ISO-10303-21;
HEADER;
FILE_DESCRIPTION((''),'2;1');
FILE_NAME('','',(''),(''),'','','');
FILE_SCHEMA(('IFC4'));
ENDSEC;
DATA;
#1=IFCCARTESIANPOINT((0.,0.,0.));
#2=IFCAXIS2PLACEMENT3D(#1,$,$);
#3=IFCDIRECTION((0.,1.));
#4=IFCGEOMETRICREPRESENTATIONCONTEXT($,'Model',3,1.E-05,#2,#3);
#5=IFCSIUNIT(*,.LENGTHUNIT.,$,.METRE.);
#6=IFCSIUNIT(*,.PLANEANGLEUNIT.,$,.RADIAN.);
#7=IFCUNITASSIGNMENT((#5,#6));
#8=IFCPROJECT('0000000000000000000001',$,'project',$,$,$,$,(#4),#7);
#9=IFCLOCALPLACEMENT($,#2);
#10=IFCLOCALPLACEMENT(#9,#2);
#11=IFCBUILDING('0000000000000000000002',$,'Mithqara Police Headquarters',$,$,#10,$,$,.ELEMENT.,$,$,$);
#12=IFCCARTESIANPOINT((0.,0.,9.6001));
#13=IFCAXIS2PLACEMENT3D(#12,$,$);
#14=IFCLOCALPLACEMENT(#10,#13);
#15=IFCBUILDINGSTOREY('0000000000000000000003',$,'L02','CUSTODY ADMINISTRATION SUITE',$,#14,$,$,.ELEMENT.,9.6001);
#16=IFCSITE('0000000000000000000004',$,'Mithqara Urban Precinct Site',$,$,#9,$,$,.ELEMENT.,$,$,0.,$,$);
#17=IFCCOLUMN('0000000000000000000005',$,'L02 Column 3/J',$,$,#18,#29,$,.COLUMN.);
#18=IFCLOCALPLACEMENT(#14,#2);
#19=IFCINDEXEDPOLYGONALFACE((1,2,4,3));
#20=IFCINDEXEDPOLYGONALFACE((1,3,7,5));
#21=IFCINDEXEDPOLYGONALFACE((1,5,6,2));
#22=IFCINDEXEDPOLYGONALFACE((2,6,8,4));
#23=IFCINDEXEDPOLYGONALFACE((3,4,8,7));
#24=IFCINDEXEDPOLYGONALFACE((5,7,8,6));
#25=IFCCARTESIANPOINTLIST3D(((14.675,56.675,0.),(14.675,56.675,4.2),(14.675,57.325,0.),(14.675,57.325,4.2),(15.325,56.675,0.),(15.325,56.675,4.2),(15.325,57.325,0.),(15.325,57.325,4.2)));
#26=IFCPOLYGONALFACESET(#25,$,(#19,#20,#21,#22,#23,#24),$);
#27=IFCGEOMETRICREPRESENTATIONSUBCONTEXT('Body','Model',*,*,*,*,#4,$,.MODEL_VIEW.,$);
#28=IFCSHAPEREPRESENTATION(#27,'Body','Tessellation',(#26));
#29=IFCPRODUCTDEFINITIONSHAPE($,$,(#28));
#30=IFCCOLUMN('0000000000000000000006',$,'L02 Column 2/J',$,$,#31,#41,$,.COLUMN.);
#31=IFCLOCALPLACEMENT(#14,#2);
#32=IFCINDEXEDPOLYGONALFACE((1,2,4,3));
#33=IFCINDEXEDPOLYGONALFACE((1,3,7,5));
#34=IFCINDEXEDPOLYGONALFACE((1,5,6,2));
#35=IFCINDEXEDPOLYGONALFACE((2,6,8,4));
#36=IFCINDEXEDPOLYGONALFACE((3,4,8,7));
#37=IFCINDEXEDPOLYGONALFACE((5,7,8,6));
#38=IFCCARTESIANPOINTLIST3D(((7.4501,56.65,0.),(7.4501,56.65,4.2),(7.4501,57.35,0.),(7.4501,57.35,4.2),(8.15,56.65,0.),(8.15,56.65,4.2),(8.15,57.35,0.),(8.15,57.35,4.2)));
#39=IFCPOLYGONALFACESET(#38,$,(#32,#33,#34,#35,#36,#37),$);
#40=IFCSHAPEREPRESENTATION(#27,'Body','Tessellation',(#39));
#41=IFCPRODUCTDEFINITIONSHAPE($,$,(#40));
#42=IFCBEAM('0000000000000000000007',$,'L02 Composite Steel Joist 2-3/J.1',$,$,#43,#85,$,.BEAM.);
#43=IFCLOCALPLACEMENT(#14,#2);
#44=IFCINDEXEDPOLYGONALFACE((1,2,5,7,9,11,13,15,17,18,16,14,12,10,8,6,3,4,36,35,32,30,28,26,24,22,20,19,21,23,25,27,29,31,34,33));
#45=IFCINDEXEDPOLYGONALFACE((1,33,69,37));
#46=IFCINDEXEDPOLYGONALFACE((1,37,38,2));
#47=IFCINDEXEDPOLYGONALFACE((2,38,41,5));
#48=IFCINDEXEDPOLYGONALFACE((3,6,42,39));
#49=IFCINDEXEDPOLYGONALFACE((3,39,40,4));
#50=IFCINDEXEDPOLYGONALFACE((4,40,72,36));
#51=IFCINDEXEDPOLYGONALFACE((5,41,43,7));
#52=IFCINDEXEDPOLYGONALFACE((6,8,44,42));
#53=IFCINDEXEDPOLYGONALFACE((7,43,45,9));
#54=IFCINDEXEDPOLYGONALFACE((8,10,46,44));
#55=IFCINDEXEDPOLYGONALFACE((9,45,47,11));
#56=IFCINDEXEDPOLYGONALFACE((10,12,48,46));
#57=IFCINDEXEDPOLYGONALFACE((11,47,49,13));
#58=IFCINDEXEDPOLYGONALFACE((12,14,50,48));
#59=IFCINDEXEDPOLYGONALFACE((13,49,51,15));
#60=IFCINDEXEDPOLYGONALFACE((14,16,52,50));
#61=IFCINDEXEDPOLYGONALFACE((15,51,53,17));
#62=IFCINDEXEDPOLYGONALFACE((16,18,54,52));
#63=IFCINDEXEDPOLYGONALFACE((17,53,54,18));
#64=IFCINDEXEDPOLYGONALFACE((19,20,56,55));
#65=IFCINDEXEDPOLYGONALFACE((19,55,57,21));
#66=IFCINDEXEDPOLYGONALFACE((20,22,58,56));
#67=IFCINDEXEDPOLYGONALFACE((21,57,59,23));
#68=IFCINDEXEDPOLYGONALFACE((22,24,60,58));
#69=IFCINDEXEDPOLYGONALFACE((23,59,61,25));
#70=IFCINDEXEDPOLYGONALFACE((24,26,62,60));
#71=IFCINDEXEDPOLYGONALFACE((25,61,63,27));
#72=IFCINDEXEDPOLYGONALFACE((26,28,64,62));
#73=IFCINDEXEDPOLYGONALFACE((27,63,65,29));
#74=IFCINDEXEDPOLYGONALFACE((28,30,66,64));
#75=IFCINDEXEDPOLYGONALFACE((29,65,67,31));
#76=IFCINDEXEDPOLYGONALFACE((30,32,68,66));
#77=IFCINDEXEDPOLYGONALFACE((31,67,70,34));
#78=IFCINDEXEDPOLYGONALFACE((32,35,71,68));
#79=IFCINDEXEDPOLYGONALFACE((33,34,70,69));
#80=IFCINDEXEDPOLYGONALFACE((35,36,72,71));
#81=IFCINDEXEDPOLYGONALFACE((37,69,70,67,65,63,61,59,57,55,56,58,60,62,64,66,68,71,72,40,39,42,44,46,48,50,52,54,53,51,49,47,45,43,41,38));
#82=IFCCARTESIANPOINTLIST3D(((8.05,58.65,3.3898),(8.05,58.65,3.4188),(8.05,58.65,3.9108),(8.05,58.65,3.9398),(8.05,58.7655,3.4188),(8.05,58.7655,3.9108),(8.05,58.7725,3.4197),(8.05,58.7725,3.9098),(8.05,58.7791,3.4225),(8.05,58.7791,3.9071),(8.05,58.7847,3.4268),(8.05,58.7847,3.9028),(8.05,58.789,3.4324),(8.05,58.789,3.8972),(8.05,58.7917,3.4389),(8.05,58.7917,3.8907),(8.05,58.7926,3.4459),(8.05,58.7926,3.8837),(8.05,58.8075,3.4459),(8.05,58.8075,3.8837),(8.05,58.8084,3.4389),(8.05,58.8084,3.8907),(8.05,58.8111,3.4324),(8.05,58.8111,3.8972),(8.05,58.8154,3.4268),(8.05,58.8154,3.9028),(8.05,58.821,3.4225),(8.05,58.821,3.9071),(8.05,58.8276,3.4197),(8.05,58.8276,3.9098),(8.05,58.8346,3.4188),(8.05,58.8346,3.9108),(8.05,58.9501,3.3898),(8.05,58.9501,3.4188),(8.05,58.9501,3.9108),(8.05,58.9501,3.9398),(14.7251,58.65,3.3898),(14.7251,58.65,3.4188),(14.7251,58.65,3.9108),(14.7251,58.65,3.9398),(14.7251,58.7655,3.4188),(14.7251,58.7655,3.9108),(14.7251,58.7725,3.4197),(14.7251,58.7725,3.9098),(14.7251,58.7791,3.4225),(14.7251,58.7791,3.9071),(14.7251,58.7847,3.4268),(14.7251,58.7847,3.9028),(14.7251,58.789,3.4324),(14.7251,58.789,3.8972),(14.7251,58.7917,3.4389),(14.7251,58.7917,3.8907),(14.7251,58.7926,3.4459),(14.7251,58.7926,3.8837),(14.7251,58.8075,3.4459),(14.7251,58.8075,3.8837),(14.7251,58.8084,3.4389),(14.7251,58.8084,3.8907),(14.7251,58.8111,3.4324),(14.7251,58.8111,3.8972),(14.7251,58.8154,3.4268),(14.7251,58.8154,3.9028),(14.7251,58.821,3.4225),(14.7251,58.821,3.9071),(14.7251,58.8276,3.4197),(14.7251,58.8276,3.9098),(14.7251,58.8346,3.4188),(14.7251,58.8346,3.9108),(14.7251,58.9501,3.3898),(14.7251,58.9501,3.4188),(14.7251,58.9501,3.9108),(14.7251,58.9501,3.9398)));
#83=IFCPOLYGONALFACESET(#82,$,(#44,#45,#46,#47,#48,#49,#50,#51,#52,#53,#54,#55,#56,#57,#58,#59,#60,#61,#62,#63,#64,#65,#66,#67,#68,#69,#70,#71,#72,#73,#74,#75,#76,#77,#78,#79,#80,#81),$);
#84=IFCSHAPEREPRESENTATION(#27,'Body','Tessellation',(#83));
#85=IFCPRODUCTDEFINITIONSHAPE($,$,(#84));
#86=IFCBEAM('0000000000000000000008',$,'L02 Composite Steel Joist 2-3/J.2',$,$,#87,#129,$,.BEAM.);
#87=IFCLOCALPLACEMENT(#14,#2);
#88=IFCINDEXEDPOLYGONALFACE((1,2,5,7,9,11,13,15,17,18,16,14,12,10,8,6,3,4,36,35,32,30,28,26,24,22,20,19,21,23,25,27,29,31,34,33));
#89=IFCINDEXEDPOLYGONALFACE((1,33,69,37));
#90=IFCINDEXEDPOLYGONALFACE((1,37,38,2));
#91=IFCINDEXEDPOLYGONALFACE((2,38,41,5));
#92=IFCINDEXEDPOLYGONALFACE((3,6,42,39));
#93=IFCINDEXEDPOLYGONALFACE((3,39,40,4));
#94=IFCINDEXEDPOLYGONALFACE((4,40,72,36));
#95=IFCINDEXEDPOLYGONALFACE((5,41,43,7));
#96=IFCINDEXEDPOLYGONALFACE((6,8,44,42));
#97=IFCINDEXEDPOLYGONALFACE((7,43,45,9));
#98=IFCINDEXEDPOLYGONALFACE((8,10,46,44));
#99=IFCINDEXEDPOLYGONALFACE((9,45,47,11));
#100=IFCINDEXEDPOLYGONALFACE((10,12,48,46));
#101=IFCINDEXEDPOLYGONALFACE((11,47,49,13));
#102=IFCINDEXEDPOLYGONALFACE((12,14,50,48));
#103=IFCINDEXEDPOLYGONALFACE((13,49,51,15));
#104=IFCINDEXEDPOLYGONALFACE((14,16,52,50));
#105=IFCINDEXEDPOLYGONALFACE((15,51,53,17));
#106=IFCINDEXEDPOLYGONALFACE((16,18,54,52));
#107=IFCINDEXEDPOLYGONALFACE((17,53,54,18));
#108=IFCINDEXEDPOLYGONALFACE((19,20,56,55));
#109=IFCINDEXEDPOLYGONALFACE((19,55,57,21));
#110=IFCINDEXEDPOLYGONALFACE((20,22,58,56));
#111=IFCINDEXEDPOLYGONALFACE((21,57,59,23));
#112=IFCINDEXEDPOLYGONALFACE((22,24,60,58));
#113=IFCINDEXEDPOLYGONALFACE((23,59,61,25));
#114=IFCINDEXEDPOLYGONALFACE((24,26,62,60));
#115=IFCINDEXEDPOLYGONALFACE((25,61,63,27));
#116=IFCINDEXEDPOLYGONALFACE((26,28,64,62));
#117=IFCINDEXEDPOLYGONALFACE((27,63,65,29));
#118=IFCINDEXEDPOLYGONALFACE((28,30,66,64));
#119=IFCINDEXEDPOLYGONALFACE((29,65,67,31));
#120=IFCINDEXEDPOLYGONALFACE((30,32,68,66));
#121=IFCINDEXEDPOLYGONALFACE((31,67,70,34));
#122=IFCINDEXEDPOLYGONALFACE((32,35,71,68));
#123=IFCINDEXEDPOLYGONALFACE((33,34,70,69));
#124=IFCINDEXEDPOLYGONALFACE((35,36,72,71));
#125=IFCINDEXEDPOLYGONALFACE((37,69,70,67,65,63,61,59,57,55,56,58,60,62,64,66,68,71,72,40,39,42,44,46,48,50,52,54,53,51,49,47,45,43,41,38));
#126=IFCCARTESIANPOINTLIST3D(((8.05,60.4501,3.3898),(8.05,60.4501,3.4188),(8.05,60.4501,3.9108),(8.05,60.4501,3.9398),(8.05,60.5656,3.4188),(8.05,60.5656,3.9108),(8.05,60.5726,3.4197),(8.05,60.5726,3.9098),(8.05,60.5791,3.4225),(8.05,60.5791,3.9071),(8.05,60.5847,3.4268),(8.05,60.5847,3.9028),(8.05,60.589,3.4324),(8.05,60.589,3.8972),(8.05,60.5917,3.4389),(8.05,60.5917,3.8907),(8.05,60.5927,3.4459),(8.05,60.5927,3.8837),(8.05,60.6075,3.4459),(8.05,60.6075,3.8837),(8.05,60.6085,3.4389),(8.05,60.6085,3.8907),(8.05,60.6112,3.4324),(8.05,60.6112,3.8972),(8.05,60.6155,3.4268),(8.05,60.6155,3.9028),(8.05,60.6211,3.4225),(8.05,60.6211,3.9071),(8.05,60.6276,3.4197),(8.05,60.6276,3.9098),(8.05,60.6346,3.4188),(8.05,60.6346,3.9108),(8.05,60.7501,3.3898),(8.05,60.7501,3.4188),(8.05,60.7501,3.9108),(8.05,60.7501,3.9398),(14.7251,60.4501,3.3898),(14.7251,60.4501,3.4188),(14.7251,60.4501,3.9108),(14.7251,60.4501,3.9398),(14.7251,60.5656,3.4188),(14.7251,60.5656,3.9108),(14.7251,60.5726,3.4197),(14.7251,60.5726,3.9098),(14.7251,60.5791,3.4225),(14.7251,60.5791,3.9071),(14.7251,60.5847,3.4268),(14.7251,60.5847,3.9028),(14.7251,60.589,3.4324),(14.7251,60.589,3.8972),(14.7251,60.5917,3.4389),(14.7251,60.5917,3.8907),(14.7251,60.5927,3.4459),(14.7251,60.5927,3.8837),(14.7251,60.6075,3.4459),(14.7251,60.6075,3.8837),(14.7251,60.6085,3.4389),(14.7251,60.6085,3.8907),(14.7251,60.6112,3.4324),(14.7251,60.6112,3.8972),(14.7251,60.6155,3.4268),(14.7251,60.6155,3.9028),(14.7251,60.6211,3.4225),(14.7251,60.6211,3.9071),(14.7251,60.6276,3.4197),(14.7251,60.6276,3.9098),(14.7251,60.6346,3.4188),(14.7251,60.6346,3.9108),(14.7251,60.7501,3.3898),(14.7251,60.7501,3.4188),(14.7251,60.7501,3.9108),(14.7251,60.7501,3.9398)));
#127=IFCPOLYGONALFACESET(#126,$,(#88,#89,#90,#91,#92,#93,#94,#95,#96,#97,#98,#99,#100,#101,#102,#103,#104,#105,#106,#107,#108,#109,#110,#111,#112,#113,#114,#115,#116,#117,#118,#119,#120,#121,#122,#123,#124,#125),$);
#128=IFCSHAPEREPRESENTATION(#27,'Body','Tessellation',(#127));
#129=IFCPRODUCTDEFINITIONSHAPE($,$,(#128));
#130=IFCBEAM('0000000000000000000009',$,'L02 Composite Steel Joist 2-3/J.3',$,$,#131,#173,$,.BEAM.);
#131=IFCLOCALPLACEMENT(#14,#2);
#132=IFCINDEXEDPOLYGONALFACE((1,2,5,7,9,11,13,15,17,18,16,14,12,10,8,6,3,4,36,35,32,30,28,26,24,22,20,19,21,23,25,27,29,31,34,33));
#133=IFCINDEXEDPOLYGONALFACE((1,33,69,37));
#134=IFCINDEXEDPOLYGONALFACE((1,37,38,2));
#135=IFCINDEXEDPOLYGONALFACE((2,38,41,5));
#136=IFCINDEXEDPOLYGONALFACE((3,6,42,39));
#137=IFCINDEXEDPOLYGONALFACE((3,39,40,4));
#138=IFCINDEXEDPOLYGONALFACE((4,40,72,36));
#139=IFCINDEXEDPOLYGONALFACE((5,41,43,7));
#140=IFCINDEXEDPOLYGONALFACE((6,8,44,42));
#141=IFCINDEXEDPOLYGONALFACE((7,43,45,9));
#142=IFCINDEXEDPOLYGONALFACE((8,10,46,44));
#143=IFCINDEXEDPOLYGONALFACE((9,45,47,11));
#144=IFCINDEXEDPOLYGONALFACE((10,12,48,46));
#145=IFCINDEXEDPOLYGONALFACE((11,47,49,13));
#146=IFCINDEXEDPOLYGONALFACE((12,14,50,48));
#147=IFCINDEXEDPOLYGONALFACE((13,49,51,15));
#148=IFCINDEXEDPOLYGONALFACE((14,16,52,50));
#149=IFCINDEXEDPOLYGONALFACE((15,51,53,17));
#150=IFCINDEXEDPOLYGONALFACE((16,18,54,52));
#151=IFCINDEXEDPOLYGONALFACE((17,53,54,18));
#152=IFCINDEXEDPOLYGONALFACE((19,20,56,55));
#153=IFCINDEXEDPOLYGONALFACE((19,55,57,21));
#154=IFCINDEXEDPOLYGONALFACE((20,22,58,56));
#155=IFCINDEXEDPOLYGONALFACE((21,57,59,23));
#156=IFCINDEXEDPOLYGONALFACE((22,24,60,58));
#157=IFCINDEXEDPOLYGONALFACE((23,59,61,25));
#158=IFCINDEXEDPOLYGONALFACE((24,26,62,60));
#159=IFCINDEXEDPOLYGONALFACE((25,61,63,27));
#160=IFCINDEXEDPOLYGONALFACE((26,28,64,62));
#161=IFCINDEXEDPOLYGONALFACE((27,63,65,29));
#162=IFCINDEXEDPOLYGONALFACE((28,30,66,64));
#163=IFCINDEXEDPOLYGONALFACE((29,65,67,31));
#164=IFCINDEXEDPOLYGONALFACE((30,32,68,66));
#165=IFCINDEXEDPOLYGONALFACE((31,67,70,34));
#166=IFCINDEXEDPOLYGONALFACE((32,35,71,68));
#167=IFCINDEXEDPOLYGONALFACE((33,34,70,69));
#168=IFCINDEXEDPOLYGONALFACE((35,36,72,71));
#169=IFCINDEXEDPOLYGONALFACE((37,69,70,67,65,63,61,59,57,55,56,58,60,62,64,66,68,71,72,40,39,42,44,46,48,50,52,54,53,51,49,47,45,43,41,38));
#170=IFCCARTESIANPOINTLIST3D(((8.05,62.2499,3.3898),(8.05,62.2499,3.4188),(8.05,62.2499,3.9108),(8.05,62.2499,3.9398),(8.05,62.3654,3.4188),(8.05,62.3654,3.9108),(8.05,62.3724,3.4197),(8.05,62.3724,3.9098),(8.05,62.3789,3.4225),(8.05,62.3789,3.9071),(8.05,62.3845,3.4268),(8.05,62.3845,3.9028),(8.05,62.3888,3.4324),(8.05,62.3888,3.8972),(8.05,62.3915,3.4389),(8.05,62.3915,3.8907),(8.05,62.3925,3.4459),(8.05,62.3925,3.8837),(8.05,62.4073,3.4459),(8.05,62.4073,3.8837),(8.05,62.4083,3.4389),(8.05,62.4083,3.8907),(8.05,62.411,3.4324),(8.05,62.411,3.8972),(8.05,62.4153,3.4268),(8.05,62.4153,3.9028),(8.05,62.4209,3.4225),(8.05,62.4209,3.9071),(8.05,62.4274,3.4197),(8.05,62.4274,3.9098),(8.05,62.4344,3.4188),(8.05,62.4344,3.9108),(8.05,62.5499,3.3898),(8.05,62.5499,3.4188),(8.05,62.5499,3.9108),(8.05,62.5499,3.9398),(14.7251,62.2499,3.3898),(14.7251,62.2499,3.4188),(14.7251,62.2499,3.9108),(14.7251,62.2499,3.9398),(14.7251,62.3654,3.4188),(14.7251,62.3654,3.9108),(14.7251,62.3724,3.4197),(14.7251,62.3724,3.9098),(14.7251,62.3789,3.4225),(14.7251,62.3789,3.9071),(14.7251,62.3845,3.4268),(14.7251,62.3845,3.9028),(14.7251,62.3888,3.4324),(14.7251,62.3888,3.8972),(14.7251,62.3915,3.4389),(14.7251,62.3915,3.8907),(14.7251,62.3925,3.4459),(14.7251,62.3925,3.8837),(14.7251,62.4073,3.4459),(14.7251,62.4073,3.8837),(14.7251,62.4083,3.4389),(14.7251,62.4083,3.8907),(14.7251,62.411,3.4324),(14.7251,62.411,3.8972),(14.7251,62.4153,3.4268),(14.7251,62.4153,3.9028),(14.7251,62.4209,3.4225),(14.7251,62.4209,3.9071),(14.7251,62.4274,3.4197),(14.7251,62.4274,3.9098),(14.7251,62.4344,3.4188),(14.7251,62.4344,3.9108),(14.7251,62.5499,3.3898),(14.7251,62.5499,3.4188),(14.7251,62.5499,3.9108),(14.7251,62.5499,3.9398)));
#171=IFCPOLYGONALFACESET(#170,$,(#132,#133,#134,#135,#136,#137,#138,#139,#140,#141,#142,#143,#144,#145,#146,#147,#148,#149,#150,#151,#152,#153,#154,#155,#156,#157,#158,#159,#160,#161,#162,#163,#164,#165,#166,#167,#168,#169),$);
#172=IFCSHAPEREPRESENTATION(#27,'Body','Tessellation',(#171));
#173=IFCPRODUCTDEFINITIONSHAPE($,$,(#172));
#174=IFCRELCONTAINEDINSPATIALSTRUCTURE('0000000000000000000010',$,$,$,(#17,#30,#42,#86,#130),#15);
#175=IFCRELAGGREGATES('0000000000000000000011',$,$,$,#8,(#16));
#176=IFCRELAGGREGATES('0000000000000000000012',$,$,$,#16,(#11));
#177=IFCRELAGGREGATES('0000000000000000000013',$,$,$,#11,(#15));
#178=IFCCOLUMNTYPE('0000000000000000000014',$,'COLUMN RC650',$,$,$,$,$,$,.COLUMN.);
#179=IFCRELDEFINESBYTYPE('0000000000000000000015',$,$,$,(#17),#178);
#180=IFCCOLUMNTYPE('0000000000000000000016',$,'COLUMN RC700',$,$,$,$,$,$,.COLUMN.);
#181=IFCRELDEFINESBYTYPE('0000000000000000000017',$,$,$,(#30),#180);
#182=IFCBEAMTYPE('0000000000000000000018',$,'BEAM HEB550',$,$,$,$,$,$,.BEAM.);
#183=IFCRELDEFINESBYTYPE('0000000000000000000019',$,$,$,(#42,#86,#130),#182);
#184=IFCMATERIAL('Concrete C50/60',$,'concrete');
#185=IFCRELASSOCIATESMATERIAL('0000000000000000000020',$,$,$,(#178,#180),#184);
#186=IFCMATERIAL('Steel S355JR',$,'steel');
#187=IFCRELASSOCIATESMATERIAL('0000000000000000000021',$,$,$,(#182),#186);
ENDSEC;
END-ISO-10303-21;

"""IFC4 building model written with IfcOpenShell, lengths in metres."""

from ifc_helpers import new_model, si_unit, direction, frame, origin, origin_2d, place, context, subcontext, project, spatial, rectangle, i_section, extrude, material, material_profile, profile_set, type_object, element, save


model = new_model("IFC4")

# Units and contexts
model_context = context("Model", 3, precision=1e-05, world=origin(), true_north=direction((0.0, 1.0)))
body_context = subcontext(model_context, "Body", "Model", "MODEL_VIEW")
ifc_project = project(units=[si_unit("LENGTHUNIT", "METRE"), si_unit("PLANEANGLEUNIT", "RADIAN")], contexts=[model_context])

# Site, building, storey
site_placement = place(None, origin())
site = spatial("IfcSite", under=ifc_project, at=site_placement, Name="Mithqara Urban Precinct Site", CompositionType="ELEMENT", RefElevation=0.0)
building_placement = place(site_placement, origin())
building = spatial("IfcBuilding", under=site, at=building_placement, Name="Mithqara Police Headquarters", CompositionType="ELEMENT")
storey_placement = place(building_placement, frame((0.0, 0.0, 9.6001)))
storey = spatial("IfcBuildingStorey", under=building, at=storey_placement, Name="L02", Description="CUSTODY ADMINISTRATION SUITE", CompositionType="ELEMENT", Elevation=9.6001)

# Columns
ifc_material_1 = material(Name="Concrete C50/60", Category="concrete")
ifc_material_profile_1 = material_profile(ifc_material_1, rectangle(XDim=0.6499, YDim=0.6499, at=origin_2d()), Name="RC 650x650")
ifc_profile_set_1 = profile_set([ifc_material_profile_1], Name="Concrete C50/60")
column_type_1 = type_object("IfcColumnType", Name="COLUMN RC650", PredefinedType="COLUMN", material=ifc_profile_set_1)
column_1_placement = place(storey_placement, frame((15.0, 57.0, 0.0), z_axis=(0.0, 0.0, 1.0), x_axis=(1.0, 0.0, 0.0)))
element("IfcColumn", 1, at=column_1_placement, inside=storey, type_object=column_type_1, Name="L02 Column 3/J", PredefinedType="COLUMN", context=body_context, shape_type="SweptSolid", body=[
    extrude(rectangle(XDim=0.6499, YDim=0.6499, at=origin_2d()), origin(), (0.0, 0.0, 1.0), 4.2),
])
ifc_material_profile_2 = material_profile(ifc_material_1, rectangle(XDim=0.7, YDim=0.7, at=origin_2d()), Name="RC 700x700")
ifc_profile_set_2 = profile_set([ifc_material_profile_2], Name="Concrete C50/60")
column_type_2 = type_object("IfcColumnType", Name="COLUMN RC700", PredefinedType="COLUMN", material=ifc_profile_set_2)
column_2_placement = place(storey_placement, frame((7.8, 57.0, 0.0), z_axis=(0.0, 0.0, 1.0), x_axis=(1.0, 0.0, 0.0)))
element("IfcColumn", 2, at=column_2_placement, inside=storey, type_object=column_type_2, Name="L02 Column 2/J", PredefinedType="COLUMN", context=body_context, shape_type="SweptSolid", body=[
    extrude(rectangle(XDim=0.7, YDim=0.7, at=origin_2d()), origin(), (0.0, 0.0, 1.0), 4.2),
])

# Beams
ifc_material_2 = material(Name="Steel S355JR", Category="steel")
ifc_material_profile_3 = material_profile(ifc_material_2, i_section(OverallWidth=0.3, OverallDepth=0.55, WebThickness=0.0149, FlangeThickness=0.0291, FilletRadius=0.0271, at=origin_2d()), Name="HEB 550")
ifc_profile_set_3 = profile_set([ifc_material_profile_3], Name="Steel S355JR")
beam_type_1 = type_object("IfcBeamType", Name="BEAM HEB550", PredefinedType="BEAM", material=ifc_profile_set_3)
for number, where, z_axis, x_axis, name in (
    (3, (8.05, 58.8, 3.6648), (1.0, 0.0, 0.0), (0.0, 1.0, 0.0), "L02 Composite Steel Joist 2-3/J.1"),
    (4, (8.05, 60.6001, 3.6648), (1.0, 0.0, 0.0), (0.0, 1.0, 0.0), "L02 Composite Steel Joist 2-3/J.2"),
    (5, (8.05, 62.3999, 3.6648), (1.0, 0.0, 0.0), (0.0, 1.0, 0.0), "L02 Composite Steel Joist 2-3/J.3"),
):
    element("IfcBeam", number, at=place(storey_placement, frame(where, z_axis=z_axis, x_axis=x_axis)), inside=storey, type_object=beam_type_1, Name=name, PredefinedType="BEAM", context=body_context, shape_type="SweptSolid", body=[
        extrude(i_section(OverallWidth=0.3, OverallDepth=0.55, WebThickness=0.0149, FlangeThickness=0.0291, FilletRadius=0.0271, at=origin_2d()), origin(), (0.0, 0.0, 1.0), 6.675),
    ])

save(model, "model.ifc")
